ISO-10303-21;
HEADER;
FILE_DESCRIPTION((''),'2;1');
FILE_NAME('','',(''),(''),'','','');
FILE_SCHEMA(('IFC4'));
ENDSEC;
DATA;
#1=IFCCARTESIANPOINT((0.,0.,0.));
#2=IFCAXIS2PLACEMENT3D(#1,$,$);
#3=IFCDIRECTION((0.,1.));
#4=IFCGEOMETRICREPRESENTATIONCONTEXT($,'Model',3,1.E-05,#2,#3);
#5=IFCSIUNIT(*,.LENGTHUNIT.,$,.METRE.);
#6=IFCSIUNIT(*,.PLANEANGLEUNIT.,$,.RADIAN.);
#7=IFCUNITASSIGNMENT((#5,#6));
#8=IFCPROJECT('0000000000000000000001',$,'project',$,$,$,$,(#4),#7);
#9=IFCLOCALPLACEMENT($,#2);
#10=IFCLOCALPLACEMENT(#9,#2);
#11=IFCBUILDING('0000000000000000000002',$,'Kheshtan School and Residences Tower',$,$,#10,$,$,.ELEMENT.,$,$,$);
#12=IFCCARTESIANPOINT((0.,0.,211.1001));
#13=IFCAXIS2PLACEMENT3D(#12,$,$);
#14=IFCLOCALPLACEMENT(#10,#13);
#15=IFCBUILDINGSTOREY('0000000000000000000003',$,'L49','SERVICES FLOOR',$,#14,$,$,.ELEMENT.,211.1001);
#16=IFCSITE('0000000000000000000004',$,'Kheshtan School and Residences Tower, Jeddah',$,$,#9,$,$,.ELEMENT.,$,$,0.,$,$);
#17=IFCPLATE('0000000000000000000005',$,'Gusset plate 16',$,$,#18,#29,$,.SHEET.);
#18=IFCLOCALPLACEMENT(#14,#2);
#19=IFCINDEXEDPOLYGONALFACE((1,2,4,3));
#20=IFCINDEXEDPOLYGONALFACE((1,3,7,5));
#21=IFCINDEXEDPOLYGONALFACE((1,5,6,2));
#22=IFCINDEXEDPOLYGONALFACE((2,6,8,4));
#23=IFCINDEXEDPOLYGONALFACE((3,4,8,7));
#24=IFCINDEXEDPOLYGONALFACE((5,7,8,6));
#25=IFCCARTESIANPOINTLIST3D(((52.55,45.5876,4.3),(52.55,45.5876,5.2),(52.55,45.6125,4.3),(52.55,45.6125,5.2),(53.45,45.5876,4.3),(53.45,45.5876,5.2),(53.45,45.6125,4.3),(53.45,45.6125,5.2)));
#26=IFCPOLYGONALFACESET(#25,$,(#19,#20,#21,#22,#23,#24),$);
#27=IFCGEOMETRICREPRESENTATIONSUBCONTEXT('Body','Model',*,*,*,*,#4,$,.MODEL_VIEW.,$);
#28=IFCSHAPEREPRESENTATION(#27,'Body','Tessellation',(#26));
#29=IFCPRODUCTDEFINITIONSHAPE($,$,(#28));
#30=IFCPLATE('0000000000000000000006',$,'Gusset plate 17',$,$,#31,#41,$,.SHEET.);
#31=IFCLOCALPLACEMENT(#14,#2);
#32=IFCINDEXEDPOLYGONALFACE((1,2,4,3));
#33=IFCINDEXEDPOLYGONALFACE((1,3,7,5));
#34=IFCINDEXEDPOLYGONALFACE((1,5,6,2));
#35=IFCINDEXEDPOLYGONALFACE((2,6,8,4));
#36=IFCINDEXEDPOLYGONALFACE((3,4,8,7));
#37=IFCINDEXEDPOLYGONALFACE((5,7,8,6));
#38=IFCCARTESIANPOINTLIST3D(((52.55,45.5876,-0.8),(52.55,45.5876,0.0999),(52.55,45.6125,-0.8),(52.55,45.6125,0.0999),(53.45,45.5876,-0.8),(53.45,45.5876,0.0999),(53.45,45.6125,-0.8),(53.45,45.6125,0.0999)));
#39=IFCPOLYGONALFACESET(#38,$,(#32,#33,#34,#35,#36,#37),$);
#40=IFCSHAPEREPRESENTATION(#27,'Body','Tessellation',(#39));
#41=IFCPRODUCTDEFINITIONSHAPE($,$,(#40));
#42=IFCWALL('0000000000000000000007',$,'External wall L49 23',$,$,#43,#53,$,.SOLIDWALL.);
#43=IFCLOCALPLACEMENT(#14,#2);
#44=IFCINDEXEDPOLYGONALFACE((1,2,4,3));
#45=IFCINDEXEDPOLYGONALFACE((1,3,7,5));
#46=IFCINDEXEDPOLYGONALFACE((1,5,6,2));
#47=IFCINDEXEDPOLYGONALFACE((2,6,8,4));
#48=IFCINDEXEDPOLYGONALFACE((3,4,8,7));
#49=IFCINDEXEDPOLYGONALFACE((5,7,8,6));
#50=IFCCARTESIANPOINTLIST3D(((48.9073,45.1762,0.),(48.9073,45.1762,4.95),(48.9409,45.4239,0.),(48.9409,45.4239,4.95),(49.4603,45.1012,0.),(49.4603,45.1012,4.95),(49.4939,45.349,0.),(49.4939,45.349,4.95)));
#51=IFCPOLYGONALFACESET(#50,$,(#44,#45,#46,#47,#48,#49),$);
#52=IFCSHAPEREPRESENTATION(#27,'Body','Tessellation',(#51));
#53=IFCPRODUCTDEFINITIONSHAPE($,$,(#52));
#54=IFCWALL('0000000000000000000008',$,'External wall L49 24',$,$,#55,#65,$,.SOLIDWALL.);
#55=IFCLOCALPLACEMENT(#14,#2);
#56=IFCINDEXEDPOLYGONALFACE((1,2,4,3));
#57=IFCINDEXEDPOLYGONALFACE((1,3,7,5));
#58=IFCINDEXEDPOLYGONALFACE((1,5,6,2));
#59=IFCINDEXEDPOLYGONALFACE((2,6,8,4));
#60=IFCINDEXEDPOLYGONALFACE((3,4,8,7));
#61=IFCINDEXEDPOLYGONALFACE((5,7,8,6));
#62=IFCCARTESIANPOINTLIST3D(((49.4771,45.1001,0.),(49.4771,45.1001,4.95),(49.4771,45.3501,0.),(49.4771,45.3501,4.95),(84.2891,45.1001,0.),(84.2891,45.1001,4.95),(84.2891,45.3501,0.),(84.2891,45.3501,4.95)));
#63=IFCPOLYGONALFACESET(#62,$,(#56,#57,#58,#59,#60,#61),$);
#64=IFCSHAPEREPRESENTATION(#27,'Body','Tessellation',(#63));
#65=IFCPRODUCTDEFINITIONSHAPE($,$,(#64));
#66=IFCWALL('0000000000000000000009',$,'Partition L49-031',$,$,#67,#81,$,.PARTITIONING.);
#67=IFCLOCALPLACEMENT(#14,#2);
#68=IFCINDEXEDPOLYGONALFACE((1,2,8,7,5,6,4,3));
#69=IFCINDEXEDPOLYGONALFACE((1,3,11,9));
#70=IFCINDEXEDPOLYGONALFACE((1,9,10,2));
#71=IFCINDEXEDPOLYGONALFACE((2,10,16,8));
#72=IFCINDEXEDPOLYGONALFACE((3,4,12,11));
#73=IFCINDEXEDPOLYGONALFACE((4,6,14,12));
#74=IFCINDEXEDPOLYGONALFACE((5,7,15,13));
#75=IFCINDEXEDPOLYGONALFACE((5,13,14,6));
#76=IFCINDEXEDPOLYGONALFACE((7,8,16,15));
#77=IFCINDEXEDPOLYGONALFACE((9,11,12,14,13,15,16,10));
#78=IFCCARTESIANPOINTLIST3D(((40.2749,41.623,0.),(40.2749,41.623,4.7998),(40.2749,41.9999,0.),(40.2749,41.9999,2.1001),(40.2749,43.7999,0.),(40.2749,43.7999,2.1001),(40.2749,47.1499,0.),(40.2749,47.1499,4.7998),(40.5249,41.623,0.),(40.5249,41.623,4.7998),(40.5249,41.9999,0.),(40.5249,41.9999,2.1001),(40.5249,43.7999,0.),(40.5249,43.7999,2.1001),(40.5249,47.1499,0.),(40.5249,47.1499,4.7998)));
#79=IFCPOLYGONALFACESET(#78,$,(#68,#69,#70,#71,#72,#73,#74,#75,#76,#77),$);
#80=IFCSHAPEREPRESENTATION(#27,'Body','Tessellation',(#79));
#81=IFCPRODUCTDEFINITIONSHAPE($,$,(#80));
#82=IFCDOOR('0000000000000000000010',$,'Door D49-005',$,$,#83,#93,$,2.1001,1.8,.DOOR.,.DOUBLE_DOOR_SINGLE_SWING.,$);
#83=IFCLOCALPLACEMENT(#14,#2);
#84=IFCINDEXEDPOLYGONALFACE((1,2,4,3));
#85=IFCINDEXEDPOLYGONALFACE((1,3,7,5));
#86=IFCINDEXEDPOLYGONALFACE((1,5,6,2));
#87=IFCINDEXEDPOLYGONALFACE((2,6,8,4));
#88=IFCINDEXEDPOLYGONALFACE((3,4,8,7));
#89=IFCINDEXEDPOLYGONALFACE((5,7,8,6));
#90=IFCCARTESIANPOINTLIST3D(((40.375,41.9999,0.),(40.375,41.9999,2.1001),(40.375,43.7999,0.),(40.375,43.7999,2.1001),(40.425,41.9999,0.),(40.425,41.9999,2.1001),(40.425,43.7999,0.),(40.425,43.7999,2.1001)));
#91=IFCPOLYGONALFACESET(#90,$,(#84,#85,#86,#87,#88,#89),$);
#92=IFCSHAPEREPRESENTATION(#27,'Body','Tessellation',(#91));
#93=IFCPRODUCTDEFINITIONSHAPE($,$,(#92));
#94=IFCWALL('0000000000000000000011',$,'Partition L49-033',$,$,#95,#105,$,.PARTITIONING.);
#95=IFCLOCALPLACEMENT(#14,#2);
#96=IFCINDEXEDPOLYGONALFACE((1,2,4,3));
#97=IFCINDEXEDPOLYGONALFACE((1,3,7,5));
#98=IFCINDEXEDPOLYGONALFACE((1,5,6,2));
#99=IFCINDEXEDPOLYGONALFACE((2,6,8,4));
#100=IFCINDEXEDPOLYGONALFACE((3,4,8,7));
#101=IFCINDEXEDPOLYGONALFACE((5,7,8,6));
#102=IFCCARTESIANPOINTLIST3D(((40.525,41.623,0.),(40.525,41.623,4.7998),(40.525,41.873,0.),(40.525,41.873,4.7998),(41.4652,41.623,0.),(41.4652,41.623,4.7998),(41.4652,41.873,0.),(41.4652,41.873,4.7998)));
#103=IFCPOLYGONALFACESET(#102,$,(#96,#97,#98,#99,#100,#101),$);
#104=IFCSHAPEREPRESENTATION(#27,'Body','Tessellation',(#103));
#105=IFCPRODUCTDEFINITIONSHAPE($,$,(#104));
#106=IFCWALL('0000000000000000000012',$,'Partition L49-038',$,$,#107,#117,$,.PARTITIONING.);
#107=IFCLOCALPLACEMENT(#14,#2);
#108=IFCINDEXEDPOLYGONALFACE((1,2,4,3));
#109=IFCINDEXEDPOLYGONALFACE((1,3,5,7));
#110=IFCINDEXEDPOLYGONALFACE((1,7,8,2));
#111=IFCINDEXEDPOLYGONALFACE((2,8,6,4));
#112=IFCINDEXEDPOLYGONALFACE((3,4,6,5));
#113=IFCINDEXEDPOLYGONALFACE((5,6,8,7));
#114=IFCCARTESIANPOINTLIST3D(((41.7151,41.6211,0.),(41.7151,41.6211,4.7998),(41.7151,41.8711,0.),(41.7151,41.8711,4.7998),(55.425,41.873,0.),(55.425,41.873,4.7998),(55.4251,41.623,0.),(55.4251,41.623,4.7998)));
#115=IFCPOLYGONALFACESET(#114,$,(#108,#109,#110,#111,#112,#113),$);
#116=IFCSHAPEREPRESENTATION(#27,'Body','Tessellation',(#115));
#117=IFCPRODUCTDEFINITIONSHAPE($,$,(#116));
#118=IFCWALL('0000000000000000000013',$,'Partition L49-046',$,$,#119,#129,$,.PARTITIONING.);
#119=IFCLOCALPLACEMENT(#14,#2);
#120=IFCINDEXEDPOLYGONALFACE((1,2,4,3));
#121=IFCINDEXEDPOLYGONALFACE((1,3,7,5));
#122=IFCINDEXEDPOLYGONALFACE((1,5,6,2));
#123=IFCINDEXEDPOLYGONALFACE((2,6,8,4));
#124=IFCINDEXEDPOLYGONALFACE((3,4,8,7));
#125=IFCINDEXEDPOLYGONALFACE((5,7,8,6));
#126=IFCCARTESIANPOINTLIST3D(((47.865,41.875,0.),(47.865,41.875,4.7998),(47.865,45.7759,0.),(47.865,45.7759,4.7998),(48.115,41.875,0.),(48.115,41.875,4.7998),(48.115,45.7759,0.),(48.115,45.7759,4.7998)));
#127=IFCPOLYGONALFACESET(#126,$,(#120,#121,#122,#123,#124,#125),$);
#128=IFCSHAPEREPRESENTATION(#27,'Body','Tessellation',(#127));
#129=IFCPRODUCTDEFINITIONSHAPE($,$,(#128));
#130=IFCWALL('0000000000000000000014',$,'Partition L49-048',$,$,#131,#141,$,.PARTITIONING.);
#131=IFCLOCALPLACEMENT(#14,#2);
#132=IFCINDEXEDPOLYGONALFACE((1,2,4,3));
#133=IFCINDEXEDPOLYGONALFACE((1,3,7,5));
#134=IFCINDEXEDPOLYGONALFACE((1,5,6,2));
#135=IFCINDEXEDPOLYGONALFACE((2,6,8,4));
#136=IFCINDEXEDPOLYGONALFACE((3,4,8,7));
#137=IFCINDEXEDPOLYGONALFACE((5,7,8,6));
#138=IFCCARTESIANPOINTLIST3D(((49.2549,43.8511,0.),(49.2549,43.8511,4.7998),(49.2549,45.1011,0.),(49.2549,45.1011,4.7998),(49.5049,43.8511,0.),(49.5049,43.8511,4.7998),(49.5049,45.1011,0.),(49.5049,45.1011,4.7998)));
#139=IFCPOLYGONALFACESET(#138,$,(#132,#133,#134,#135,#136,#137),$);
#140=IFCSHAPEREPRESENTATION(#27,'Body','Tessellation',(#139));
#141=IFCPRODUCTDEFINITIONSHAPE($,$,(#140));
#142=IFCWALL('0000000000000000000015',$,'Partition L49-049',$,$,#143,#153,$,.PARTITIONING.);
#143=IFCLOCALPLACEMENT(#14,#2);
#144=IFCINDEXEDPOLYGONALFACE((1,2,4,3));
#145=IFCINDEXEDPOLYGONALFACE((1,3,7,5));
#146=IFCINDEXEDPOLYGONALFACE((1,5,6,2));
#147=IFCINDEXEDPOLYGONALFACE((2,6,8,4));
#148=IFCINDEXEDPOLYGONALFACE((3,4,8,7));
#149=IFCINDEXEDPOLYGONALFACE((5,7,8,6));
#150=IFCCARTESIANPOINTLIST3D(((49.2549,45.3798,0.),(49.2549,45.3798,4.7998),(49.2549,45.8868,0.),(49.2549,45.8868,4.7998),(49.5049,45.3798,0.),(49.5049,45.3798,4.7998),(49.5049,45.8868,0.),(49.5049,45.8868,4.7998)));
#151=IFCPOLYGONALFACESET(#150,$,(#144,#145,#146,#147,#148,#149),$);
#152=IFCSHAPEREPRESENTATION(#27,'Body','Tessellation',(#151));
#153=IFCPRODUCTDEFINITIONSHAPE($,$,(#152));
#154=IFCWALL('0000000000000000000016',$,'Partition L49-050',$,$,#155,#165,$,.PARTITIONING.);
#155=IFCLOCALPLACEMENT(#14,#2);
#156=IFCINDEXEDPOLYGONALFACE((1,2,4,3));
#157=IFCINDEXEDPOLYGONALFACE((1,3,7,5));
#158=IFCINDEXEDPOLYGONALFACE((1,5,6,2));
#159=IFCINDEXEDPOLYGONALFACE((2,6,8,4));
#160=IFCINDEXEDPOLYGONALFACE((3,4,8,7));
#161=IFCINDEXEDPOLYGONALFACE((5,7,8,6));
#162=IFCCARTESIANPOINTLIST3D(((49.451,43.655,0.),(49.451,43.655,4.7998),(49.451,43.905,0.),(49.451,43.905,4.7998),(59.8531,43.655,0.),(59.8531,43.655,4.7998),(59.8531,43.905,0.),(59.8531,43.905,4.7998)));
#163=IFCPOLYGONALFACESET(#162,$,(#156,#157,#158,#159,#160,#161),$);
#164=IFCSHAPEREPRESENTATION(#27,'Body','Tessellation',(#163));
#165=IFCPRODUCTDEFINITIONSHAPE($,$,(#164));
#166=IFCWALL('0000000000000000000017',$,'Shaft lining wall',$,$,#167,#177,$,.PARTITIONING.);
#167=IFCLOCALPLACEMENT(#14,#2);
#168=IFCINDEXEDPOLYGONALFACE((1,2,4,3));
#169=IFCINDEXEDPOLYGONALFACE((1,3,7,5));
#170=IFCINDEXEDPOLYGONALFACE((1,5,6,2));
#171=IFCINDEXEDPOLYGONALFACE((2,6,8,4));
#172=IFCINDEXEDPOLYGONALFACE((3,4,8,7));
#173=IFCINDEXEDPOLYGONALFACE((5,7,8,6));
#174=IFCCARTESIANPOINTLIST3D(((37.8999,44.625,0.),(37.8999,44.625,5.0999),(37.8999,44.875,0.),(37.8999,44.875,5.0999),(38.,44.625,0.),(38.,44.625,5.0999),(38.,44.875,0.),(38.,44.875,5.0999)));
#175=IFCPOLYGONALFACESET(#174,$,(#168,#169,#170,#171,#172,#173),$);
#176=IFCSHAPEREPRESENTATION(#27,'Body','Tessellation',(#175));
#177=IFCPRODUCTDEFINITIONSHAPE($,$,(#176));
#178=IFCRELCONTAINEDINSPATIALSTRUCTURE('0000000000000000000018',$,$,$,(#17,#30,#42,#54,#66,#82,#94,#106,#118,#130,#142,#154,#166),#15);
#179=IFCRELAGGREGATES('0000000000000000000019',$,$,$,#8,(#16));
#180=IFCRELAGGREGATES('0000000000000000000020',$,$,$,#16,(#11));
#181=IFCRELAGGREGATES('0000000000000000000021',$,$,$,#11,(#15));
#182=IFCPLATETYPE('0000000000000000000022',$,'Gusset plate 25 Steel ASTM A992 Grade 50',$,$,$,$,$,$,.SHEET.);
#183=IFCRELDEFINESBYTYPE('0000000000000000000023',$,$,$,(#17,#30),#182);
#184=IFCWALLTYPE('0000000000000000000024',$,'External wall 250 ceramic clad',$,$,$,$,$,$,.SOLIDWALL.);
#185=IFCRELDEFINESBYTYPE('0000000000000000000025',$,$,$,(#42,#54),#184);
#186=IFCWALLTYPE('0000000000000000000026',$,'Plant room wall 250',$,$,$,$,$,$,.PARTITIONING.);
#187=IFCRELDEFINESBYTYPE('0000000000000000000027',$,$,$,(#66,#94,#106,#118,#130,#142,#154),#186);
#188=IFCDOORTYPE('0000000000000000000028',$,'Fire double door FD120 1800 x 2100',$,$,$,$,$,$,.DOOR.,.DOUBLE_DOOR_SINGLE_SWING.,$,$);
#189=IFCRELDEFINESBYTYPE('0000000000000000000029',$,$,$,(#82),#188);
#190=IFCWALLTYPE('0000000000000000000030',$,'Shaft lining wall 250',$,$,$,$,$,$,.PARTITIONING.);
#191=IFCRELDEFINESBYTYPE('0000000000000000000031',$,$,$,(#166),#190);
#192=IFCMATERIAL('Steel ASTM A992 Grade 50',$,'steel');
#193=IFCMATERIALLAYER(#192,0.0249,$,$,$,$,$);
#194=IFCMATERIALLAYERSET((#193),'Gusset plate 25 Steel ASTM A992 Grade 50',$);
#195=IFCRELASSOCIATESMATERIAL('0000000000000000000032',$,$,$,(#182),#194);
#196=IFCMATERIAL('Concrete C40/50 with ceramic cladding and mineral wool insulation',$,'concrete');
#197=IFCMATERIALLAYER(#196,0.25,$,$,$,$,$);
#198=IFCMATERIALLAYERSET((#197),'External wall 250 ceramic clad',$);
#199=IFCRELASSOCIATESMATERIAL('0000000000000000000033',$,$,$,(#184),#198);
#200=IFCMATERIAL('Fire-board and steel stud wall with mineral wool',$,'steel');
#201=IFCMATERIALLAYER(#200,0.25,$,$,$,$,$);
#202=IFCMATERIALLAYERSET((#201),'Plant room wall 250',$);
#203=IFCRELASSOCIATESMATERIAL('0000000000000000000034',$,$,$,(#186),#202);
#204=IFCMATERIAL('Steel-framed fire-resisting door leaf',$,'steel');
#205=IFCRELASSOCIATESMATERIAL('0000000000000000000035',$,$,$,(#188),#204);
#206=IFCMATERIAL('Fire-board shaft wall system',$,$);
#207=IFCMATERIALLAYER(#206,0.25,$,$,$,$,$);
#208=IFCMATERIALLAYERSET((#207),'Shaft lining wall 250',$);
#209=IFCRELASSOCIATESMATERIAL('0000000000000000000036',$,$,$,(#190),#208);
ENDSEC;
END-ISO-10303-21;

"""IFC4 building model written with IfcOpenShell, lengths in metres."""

from ifc_helpers import new_model, si_unit, direction, frame, frame_2d, origin, origin_2d, place, context, subcontext, project, spatial, rectangle, extrude, source, transform, mapped, material, layer, layer_set, type_object, element, fill, save


model = new_model("IFC4")

# Units and contexts
model_context = context("Model", 3, precision=1e-05, world=origin(), true_north=direction((0.0, 1.0)))
body_context = subcontext(model_context, "Body", "Model", "MODEL_VIEW")
ifc_project = project(units=[si_unit("LENGTHUNIT", "METRE"), si_unit("PLANEANGLEUNIT", "RADIAN")], contexts=[model_context])

# Site, building, storey
site_placement = place(None, origin())
site = spatial("IfcSite", under=ifc_project, at=site_placement, Name="Kheshtan School and Residences Tower, Jeddah", CompositionType="ELEMENT", RefElevation=0.0)
building_placement = place(site_placement, origin())
building = spatial("IfcBuilding", under=site, at=building_placement, Name="Kheshtan School and Residences Tower", CompositionType="ELEMENT")
storey_placement = place(building_placement, frame((0.0, 0.0, 211.1001)))
storey = spatial("IfcBuildingStorey", under=building, at=storey_placement, Name="L49", Description="SERVICES FLOOR", CompositionType="ELEMENT", Elevation=211.1001)

# Shared definitions
ifc_material_1 = material(Name="Steel ASTM A992 Grade 50", Category="steel")

# Plates
ifc_layer_1 = layer(ifc_material_1, 0.0249)
ifc_layer_set_1 = layer_set([ifc_layer_1], Name="Gusset plate 25 Steel ASTM A992 Grade 50")
plate_type = type_object("IfcPlateType", Name="Gusset plate 25 Steel ASTM A992 Grade 50", PredefinedType="SHEET", material=ifc_layer_set_1)
for number, where, z_axis, x_axis, name in (
    (1, (53.0, 45.6001, 4.3), (0.0, 0.0, 1.0), (1.0, 0.0, 0.0), "Gusset plate 16"),
    (2, (53.0, 45.6001, -0.8), (0.0, 0.0, 1.0), (1.0, 0.0, 0.0), "Gusset plate 17"),
):
    element("IfcPlate", number, at=place(storey_placement, frame(where, z_axis=z_axis, x_axis=x_axis)), inside=storey, type_object=plate_type, Name=name, PredefinedType="SHEET", context=body_context, shape_type="SweptSolid", body=[
        extrude(rectangle(XDim=0.8999, YDim=0.0249, at=origin_2d()), origin(), (0.0, 0.0, 1.0), 0.8999),
    ])

# Walls
ifc_material_2 = material(Name="Concrete C40/50 with ceramic cladding and mineral wool insulation", Category="concrete")
ifc_layer_2 = layer(ifc_material_2, 0.25)
ifc_layer_set_2 = layer_set([ifc_layer_2], Name="External wall 250 ceramic clad")
wall_type_1 = type_object("IfcWallType", Name="External wall 250 ceramic clad", PredefinedType="SOLIDWALL", material=ifc_layer_set_2)
wall_1_placement = place(storey_placement, frame((48.9241, 45.3, 0.0), z_axis=(0.0, 0.0, 1.0), x_axis=(0.990939, -0.134313, 0.0)))
element("IfcWall", 3, at=wall_1_placement, inside=storey, type_object=wall_type_1, Name="External wall L49 23", PredefinedType="SOLIDWALL", context=body_context, shape_type="SweptSolid", body=[
    extrude(rectangle(XDim=0.5581, YDim=0.25, at=frame_2d((0.2791, 0.0))), origin(), (0.0, 0.0, 1.0), 4.95),
])
wall_2_placement = place(storey_placement, frame((49.4771, 45.2251, 0.0), z_axis=(0.0, 0.0, 1.0), x_axis=(1.0, 0.0, 0.0)))
element("IfcWall", 4, at=wall_2_placement, inside=storey, type_object=wall_type_1, Name="External wall L49 24", PredefinedType="SOLIDWALL", context=body_context, shape_type="SweptSolid", body=[
    extrude(rectangle(XDim=34.812, YDim=0.25, at=frame_2d((17.406, 0.0))), origin(), (0.0, 0.0, 1.0), 4.95),
])

# Wall, opening, door
ifc_material_3 = material(Name="Fire-board and steel stud wall with mineral wool", Category="steel")
ifc_layer_3 = layer(ifc_material_3, 0.25)
ifc_layer_set_3 = layer_set([ifc_layer_3], Name="Plant room wall 250")
wall_type_2 = type_object("IfcWallType", Name="Plant room wall 250", PredefinedType="PARTITIONING", material=ifc_layer_set_3)
wall_3_placement = place(storey_placement, frame((40.3999, 41.623, 0.0), z_axis=(0.0, 0.0, 1.0), x_axis=(0.0, 1.0, 0.0)))
wall_3 = element("IfcWall", 5, at=wall_3_placement, inside=storey, type_object=wall_type_2, Name="Partition L49-031", PredefinedType="PARTITIONING", context=body_context, shape_type="SweptSolid", body=[
    extrude(rectangle(XDim=5.5269, YDim=0.25, at=frame_2d((2.7634, 0.0))), origin(), (0.0, 0.0, 1.0), 4.7998),
])
opening_placement = place(wall_3_placement, frame((0.377, 0.0, 0.0)))
opening = element("IfcOpeningElement", 6, at=opening_placement, cuts=wall_3, PredefinedType="OPENING", context=body_context, shape_type="SweptSolid", body=[
    extrude(rectangle(XDim=1.8, YDim=2.1001, at=frame_2d((0.8999, 1.05))), frame((0.0, 0.135, 0.0), z_axis=(0.0, -1.0, 0.0), x_axis=(1.0, 0.0, 0.0)), (0.0, 0.0, 1.0), 0.27),
])
ifc_material_4 = material(Name="Steel-framed fire-resisting door leaf", Category="steel")
door_type = type_object("IfcDoorType", Name="Fire double door FD120 1800 x 2100", OperationType="DOUBLE_DOOR_SINGLE_SWING", PredefinedType="DOOR", material=ifc_material_4)
shared_shape = source(origin(), body_context, "Body", "SweptSolid", [
    extrude(rectangle(XDim=1.8, YDim=2.1001, at=frame_2d((0.8999, 1.05))), frame((0.0, 0.0249, 0.0), z_axis=(0.0, -1.0, 0.0), x_axis=(1.0, 0.0, 0.0)), (0.0, 0.0, 1.0), 0.05),
])
door_placement = place(opening_placement, origin())
door = element("IfcDoor", 7, at=door_placement, inside=storey, type_object=door_type, Name="Door D49-005", OperationType="DOUBLE_DOOR_SINGLE_SWING", OverallHeight=2.1001, OverallWidth=1.8, PredefinedType="DOOR", context=body_context, shape_type="MappedRepresentation", body=[
    mapped(shared_shape, transform((0.0, 0.0, 0.0), x_axis=(1.0, 0.0, 0.0), y_axis=(0.0, 1.0, 0.0), z_axis=(0.0, 0.0, 1.0), scale=1.0)),
])
fill(opening, door)

# Walls
wall_4_placement = place(storey_placement, frame((40.5249, 41.748, 0.0), z_axis=(0.0, 0.0, 1.0), x_axis=(1.0, 0.0, 0.0)))
element("IfcWall", 8, at=wall_4_placement, inside=storey, type_object=wall_type_2, Name="Partition L49-033", PredefinedType="PARTITIONING", context=body_context, shape_type="SweptSolid", body=[
    extrude(rectangle(XDim=0.9402, YDim=0.25, at=frame_2d((0.4702, 0.0))), origin(), (0.0, 0.0, 1.0), 4.7998),
])
wall_5_placement = place(storey_placement, frame((41.7151, 41.7461, 0.0), z_axis=(0.0, 0.0, 1.0), x_axis=(1.0, 0.000142, 0.0)))
element("IfcWall", 9, at=wall_5_placement, inside=storey, type_object=wall_type_2, Name="Partition L49-038", PredefinedType="PARTITIONING", context=body_context, shape_type="SweptSolid", body=[
    extrude(rectangle(XDim=13.71, YDim=0.25, at=frame_2d((6.855, 0.0))), origin(), (0.0, 0.0, 1.0), 4.7998),
])
wall_6_placement = place(storey_placement, frame((47.99, 41.875, 0.0), z_axis=(0.0, 0.0, 1.0), x_axis=(0.0, 1.0, 0.0)))
element("IfcWall", 10, at=wall_6_placement, inside=storey, type_object=wall_type_2, Name="Partition L49-046", PredefinedType="PARTITIONING", context=body_context, shape_type="SweptSolid", body=[
    extrude(rectangle(XDim=3.9009, YDim=0.25, at=frame_2d((1.9504, 0.0))), origin(), (0.0, 0.0, 1.0), 4.7998),
])
wall_7_placement = place(storey_placement, frame((49.3799, 43.8511, 0.0), z_axis=(0.0, 0.0, 1.0), x_axis=(0.0, 1.0, 0.0)))
element("IfcWall", 11, at=wall_7_placement, inside=storey, type_object=wall_type_2, Name="Partition L49-048", PredefinedType="PARTITIONING", context=body_context, shape_type="SweptSolid", body=[
    extrude(rectangle(XDim=1.25, YDim=0.25, at=frame_2d((0.625, 0.0))), origin(), (0.0, 0.0, 1.0), 4.7998),
])
wall_8_placement = place(storey_placement, frame((49.3799, 45.3799, 0.0), z_axis=(0.0, 0.0, 1.0), x_axis=(0.0, 1.0, 0.0)))
element("IfcWall", 12, at=wall_8_placement, inside=storey, type_object=wall_type_2, Name="Partition L49-049", PredefinedType="PARTITIONING", context=body_context, shape_type="SweptSolid", body=[
    extrude(rectangle(XDim=0.5071, YDim=0.25, at=frame_2d((0.2534, 0.0))), origin(), (0.0, 0.0, 1.0), 4.7998),
])
wall_9_placement = place(storey_placement, frame((49.4509, 43.78, 0.0), z_axis=(0.0, 0.0, 1.0), x_axis=(1.0, 0.0, 0.0)))
element("IfcWall", 13, at=wall_9_placement, inside=storey, type_object=wall_type_2, Name="Partition L49-050", PredefinedType="PARTITIONING", context=body_context, shape_type="SweptSolid", body=[
    extrude(rectangle(XDim=10.4021, YDim=0.25, at=frame_2d((5.2012, 0.0))), origin(), (0.0, 0.0, 1.0), 4.7998),
])
ifc_material_5 = material(Name="Fire-board shaft wall system")
ifc_layer_4 = layer(ifc_material_5, 0.25)
ifc_layer_set_4 = layer_set([ifc_layer_4], Name="Shaft lining wall 250")
wall_type_3 = type_object("IfcWallType", Name="Shaft lining wall 250", PredefinedType="PARTITIONING", material=ifc_layer_set_4)
wall_10_placement = place(storey_placement, frame((37.8999, 44.75, 0.0), z_axis=(0.0, 0.0, 1.0), x_axis=(1.0, 0.0, 0.0)))
element("IfcWall", 14, at=wall_10_placement, inside=storey, type_object=wall_type_3, Name="Shaft lining wall", PredefinedType="PARTITIONING", context=body_context, shape_type="SweptSolid", body=[
    extrude(rectangle(XDim=0.1001, YDim=0.25, at=frame_2d((0.05, 0.0))), origin(), (0.0, 0.0, 1.0), 5.0999),
])

save(model, "model.ifc")
